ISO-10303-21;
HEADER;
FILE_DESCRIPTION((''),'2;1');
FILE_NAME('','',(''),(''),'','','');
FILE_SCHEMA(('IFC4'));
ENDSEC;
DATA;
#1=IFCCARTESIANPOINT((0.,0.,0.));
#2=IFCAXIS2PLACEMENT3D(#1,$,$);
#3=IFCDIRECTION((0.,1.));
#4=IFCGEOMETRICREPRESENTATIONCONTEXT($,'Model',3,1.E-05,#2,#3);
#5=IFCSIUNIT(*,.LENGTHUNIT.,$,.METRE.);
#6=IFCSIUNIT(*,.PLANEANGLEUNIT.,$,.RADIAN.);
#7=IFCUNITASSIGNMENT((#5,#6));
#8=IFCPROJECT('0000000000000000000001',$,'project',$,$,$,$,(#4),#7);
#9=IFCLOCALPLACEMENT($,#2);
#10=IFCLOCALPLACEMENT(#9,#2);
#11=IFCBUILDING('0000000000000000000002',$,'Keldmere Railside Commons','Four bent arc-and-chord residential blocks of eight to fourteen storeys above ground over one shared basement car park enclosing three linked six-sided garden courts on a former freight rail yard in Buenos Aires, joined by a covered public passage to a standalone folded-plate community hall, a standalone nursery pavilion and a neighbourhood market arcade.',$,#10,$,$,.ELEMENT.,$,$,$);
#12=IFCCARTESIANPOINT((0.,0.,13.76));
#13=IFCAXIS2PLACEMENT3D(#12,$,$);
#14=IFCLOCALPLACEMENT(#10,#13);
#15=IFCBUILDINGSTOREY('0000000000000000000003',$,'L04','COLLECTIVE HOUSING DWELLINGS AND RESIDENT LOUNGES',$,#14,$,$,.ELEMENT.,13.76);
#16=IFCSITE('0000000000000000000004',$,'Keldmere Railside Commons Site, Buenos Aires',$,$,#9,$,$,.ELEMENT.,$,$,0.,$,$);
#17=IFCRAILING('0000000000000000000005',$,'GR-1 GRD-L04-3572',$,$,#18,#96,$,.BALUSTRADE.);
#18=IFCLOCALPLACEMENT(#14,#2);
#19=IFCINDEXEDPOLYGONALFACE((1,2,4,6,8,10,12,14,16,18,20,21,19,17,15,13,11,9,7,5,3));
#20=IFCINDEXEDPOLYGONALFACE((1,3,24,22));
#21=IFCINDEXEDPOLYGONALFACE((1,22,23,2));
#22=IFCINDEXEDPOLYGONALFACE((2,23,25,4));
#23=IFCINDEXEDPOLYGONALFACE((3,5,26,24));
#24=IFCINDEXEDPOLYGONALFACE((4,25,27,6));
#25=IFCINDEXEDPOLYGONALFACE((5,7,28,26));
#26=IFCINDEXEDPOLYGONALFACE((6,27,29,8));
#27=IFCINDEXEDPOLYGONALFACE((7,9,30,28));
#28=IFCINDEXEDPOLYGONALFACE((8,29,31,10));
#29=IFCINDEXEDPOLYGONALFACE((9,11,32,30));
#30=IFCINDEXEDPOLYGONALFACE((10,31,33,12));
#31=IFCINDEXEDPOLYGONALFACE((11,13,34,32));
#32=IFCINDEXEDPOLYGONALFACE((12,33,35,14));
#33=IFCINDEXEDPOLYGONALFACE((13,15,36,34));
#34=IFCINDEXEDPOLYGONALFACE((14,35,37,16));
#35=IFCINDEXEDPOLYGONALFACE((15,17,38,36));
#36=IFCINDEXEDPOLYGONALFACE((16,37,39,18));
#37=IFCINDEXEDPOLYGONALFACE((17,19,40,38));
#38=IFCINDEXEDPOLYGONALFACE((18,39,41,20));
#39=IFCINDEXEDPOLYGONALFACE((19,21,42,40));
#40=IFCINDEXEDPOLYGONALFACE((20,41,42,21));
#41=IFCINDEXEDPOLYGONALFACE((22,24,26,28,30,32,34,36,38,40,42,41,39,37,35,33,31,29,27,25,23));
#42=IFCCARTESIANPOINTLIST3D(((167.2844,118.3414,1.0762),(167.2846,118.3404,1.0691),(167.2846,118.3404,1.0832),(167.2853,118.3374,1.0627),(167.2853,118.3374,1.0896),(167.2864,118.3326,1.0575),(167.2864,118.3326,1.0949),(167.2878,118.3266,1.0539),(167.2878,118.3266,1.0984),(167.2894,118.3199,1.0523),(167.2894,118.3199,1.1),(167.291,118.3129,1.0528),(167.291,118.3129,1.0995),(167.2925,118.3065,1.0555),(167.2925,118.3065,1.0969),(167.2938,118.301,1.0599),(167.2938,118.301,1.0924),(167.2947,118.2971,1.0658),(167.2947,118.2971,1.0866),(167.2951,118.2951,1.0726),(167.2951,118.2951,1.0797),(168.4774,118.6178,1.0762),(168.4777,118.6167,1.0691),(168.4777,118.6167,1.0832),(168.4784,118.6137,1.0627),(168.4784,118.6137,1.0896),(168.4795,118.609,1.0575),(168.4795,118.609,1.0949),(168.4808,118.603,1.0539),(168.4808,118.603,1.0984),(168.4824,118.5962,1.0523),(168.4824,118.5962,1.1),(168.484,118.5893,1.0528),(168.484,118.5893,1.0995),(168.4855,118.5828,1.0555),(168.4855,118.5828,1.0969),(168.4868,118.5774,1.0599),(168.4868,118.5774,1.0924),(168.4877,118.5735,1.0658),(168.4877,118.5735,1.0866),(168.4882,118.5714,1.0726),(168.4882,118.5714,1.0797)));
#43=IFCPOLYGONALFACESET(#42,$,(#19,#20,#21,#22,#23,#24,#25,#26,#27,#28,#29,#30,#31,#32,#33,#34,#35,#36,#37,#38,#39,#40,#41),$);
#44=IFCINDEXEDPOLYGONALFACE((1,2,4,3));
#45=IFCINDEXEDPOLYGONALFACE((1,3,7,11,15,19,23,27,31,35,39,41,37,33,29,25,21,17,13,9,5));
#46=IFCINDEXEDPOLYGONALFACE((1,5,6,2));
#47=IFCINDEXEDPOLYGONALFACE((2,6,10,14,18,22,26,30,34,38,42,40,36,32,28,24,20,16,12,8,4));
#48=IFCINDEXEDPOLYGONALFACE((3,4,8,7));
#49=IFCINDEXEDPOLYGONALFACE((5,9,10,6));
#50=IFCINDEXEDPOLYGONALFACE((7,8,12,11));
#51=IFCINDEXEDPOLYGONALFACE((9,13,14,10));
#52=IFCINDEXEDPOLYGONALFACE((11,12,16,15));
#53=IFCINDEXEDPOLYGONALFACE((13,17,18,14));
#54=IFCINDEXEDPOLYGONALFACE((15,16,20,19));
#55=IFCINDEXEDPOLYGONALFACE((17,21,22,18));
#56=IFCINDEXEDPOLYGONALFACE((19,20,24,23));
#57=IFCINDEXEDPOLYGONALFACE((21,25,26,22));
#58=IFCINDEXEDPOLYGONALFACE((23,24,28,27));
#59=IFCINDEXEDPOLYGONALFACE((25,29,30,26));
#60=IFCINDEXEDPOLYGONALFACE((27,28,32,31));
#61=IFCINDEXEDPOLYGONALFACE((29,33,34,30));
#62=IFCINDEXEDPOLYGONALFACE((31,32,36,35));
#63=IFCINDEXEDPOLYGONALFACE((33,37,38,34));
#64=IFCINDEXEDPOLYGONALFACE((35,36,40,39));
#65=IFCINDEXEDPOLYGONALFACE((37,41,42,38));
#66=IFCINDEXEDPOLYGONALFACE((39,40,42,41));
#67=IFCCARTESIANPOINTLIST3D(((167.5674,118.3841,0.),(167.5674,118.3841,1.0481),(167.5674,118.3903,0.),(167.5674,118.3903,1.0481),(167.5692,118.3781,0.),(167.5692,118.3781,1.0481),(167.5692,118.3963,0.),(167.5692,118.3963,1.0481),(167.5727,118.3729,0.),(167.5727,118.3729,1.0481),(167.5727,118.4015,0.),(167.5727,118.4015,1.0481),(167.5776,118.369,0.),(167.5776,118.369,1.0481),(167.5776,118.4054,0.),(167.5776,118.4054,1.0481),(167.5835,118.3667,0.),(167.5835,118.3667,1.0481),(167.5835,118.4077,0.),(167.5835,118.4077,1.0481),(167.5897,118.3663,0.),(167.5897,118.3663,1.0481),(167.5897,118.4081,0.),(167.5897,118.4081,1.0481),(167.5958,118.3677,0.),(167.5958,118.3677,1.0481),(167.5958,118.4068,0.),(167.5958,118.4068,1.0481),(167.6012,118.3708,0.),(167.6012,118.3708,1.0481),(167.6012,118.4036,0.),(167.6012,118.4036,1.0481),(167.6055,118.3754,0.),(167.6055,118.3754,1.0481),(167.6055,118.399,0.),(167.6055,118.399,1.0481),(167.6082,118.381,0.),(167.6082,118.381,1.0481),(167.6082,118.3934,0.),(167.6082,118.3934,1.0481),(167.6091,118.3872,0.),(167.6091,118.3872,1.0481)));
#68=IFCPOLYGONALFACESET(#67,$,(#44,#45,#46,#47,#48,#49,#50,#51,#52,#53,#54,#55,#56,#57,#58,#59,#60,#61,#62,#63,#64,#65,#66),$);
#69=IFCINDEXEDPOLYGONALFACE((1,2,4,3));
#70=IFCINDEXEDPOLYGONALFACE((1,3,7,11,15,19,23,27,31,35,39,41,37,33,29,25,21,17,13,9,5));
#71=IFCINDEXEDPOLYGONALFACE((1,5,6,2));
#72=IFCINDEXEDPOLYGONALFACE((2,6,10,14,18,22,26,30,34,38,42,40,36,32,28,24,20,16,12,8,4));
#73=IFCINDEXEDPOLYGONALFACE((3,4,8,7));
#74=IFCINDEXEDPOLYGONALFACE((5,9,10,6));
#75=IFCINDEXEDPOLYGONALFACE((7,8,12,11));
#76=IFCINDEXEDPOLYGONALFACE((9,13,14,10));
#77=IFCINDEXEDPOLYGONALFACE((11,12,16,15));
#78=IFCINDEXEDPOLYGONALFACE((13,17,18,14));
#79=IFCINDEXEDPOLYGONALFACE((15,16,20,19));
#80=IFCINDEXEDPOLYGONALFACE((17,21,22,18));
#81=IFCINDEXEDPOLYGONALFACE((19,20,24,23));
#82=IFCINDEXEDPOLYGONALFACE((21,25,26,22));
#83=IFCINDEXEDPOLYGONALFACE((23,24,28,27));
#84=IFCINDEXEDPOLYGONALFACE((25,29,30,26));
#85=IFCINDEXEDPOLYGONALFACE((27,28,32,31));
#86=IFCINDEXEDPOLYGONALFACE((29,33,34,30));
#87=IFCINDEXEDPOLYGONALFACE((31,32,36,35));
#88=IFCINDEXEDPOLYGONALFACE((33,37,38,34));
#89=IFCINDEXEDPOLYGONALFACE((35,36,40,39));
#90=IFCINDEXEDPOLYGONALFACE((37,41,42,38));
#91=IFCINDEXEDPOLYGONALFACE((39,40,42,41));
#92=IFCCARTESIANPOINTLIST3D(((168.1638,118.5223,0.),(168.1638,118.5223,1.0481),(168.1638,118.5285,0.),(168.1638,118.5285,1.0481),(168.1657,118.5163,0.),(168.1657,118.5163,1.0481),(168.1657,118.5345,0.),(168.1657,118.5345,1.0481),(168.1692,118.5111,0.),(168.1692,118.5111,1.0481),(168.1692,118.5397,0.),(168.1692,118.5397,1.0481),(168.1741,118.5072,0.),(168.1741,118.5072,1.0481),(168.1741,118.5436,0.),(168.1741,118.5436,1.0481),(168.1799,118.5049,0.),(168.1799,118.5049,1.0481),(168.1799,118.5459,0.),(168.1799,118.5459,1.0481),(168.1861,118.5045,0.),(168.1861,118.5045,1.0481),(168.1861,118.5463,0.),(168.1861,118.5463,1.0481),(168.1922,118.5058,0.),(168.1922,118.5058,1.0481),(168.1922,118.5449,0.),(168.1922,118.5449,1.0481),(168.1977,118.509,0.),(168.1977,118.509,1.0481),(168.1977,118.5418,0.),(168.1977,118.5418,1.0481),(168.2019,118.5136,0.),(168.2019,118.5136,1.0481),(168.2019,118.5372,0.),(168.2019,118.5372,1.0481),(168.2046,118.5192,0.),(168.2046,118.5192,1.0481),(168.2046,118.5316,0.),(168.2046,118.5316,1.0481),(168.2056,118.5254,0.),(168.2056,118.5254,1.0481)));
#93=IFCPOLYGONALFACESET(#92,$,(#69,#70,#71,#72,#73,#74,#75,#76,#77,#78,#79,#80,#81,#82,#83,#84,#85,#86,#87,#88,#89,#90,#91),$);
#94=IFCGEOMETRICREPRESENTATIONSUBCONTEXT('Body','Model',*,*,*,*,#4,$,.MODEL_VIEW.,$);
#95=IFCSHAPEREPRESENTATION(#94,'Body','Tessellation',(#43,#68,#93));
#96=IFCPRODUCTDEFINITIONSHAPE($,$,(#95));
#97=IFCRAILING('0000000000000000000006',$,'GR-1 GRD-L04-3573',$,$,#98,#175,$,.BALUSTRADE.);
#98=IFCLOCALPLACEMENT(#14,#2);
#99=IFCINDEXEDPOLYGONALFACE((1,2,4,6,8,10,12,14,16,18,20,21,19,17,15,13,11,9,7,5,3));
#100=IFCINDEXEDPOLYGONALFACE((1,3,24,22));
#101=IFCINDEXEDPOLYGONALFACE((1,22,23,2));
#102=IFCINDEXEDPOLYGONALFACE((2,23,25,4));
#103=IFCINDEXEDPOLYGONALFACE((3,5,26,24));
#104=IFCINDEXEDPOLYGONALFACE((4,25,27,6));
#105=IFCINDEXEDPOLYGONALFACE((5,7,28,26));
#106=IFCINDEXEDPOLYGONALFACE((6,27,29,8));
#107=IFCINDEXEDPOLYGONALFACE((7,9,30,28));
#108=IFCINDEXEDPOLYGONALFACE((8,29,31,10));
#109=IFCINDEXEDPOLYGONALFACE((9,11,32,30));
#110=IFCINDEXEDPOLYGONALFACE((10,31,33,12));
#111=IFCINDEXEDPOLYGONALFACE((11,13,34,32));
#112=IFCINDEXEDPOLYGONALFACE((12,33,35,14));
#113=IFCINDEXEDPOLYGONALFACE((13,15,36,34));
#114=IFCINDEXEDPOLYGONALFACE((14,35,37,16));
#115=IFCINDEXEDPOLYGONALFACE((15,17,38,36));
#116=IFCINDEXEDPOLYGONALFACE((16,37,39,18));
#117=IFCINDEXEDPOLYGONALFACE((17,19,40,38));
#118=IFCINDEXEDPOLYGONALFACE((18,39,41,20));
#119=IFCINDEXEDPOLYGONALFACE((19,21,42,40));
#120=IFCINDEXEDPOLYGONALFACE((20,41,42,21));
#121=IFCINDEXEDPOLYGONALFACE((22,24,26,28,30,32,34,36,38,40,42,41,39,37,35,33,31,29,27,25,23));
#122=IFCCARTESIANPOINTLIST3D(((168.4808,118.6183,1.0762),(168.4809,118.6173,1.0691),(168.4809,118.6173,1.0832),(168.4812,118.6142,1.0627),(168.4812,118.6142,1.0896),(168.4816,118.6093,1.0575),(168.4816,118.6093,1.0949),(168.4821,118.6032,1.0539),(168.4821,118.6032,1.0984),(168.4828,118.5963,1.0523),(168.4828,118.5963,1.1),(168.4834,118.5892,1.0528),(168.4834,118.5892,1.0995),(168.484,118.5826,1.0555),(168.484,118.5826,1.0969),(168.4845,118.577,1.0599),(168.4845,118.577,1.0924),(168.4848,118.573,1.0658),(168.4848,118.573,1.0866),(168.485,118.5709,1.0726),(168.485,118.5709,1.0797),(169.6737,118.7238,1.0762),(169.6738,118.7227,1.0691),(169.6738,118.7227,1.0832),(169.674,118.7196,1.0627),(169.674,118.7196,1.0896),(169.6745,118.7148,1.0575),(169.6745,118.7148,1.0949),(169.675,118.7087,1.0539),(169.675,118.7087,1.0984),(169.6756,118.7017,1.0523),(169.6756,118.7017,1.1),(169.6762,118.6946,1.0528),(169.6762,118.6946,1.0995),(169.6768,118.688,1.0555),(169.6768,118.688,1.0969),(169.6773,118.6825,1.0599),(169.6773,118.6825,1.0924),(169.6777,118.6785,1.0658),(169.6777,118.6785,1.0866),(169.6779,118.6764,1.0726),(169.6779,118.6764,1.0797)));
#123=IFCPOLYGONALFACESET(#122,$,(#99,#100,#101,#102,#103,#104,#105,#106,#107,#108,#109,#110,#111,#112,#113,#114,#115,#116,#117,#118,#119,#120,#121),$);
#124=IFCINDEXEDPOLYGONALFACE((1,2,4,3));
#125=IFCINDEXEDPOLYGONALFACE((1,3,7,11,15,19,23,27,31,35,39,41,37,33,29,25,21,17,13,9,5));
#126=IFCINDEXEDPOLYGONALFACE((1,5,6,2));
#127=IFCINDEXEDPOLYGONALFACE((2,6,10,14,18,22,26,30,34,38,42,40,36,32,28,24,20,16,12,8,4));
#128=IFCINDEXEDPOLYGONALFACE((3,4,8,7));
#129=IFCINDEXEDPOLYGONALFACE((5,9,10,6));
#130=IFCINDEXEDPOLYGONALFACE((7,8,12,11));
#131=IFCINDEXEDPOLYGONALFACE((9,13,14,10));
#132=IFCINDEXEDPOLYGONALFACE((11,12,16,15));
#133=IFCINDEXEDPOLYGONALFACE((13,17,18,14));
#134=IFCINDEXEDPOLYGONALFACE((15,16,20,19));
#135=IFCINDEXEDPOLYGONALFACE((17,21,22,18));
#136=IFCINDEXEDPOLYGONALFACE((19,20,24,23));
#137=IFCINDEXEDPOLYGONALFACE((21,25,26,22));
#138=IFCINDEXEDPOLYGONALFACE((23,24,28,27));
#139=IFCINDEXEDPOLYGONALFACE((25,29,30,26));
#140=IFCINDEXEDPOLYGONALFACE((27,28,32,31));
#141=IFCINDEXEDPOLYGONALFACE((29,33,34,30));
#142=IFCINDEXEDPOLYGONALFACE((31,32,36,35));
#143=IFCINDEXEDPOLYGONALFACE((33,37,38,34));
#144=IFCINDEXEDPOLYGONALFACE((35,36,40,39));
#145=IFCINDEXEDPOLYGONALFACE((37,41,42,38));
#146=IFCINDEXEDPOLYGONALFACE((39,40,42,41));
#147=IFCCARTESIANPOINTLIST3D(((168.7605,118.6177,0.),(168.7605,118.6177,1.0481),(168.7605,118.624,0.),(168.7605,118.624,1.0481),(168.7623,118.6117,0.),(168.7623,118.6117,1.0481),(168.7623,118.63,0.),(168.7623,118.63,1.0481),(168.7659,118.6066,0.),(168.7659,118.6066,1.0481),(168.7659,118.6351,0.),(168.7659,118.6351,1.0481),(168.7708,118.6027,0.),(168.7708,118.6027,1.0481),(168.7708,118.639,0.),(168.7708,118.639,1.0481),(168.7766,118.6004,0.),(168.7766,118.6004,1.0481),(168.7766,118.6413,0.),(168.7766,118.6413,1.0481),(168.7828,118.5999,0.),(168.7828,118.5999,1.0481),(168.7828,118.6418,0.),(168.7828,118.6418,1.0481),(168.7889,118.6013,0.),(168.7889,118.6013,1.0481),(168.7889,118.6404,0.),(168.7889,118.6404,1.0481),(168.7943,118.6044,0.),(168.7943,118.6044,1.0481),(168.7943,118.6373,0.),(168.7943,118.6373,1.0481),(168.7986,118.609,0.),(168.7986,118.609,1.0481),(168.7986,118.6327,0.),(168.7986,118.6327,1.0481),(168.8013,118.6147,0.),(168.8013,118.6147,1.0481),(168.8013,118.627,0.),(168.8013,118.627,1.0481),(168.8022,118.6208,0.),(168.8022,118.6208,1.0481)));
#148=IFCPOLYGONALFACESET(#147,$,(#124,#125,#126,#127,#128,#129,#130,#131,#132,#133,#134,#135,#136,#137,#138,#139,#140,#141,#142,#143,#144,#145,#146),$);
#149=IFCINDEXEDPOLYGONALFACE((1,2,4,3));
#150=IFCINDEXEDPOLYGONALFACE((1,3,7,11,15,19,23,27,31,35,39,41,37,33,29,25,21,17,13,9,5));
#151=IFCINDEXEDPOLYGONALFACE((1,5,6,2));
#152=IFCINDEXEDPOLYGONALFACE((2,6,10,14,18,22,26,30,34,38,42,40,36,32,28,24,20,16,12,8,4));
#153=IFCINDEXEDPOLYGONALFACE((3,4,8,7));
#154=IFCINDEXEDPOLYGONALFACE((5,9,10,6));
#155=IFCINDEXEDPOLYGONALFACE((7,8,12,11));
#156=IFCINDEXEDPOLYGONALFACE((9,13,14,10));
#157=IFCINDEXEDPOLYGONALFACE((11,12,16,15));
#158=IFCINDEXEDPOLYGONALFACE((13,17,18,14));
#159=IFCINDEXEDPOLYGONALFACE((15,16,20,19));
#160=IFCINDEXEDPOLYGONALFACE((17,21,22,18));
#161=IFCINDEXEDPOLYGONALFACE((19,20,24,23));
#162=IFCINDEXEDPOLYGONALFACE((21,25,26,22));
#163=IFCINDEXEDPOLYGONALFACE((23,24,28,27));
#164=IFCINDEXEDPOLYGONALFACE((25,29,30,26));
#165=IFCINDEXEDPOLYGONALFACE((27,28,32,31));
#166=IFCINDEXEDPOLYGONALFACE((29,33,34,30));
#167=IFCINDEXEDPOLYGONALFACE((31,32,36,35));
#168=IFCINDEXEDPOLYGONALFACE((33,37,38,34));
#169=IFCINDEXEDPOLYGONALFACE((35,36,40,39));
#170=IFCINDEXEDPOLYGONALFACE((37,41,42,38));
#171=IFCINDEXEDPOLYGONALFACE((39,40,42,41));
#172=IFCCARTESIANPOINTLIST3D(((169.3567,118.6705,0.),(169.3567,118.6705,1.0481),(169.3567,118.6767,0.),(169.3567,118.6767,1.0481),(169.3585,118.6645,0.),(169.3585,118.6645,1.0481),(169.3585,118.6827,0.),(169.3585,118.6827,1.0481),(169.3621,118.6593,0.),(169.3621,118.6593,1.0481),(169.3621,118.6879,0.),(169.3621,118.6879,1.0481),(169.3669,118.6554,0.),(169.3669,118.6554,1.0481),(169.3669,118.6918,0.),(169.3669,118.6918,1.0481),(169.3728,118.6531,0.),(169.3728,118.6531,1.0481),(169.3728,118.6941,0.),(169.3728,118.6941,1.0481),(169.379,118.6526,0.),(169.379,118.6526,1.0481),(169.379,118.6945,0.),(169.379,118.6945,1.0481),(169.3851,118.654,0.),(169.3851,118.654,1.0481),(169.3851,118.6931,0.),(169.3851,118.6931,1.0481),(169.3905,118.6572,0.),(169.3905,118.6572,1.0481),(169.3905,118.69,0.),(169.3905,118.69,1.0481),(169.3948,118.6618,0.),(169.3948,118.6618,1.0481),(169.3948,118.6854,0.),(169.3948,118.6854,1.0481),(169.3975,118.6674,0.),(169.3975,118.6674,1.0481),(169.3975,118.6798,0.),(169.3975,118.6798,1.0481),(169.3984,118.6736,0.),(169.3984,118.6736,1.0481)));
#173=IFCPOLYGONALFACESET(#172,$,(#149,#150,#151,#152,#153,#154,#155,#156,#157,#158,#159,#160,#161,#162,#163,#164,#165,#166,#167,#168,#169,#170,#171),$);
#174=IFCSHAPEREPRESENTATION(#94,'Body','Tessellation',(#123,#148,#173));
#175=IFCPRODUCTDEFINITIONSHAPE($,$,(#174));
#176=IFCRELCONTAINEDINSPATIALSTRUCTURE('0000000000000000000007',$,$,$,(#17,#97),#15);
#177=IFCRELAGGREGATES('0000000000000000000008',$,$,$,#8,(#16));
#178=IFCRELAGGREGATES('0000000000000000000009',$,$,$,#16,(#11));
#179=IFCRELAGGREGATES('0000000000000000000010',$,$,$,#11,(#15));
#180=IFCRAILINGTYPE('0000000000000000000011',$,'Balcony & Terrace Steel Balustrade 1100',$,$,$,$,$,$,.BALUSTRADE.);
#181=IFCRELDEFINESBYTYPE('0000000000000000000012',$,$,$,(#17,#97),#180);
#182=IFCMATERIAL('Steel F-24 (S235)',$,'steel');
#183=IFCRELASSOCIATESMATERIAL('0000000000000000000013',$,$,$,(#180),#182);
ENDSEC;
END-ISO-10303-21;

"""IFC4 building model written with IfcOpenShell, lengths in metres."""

from ifc_helpers import new_model, si_unit, direction, frame, origin, origin_2d, place, context, subcontext, project, spatial, circle, extrude, material, type_object, element, save


model = new_model("IFC4")

# Units and contexts
model_context = context("Model", 3, precision=1e-05, world=origin(), true_north=direction((0.0, 1.0)))
body_context = subcontext(model_context, "Body", "Model", "MODEL_VIEW")
ifc_project = project(units=[si_unit("LENGTHUNIT", "METRE"), si_unit("PLANEANGLEUNIT", "RADIAN")], contexts=[model_context])

# Site, building, storey
site_placement = place(None, origin())
site = spatial("IfcSite", under=ifc_project, at=site_placement, Name="Keldmere Railside Commons Site, Buenos Aires", CompositionType="ELEMENT", RefElevation=0.0)
building_placement = place(site_placement, origin())
building = spatial("IfcBuilding", under=site, at=building_placement, Name="Keldmere Railside Commons", Description="Four bent arc-and-chord residential blocks of eight to fourteen storeys above ground over one shared basement car park enclosing three linked six-sided garden courts on a former freight rail yard in Buenos Aires, joined by a covered public passage to a standalone folded-plate community hall, a standalone nursery pavilion and a neighbourhood market arcade.", CompositionType="ELEMENT")
storey_placement = place(building_placement, frame((0.0, 0.0, 13.76)))
storey = spatial("IfcBuildingStorey", under=building, at=storey_placement, Name="L04", Description="COLLECTIVE HOUSING DWELLINGS AND RESIDENT LOUNGES", CompositionType="ELEMENT", Elevation=13.76)

# Railings
ifc_material_1 = material(Name="Steel F-24 (S235)", Category="steel")
railing_type = type_object("IfcRailingType", Name="Balcony & Terrace Steel Balustrade 1100", PredefinedType="BALUSTRADE", material=ifc_material_1)
railing_1_placement = place(storey_placement, frame((167.2898, 118.3181, 0.0)))
element("IfcRailing", 1, at=railing_1_placement, inside=storey, type_object=railing_type, Name="GR-1 GRD-L04-3572", PredefinedType="BALUSTRADE", context=body_context, shape_type="SweptSolid", body=[
    extrude(circle(Radius=0.0239, at=origin_2d()), frame((0.0, 0.0, 1.0762), z_axis=(0.974206, 0.22566, 0.0), x_axis=(-0.22566, 0.974206, 0.0)), (0.0, 0.0, 1.0), 1.2246),
    extrude(circle(Radius=0.021, at=origin_2d()), frame((0.2983, 0.0691, 0.0)), (0.0, 0.0, 1.0), 1.0481),
    extrude(circle(Radius=0.021, at=origin_2d()), frame((0.8948, 0.2073, 0.0)), (0.0, 0.0, 1.0), 1.0481),
])
railing_2_placement = place(storey_placement, frame((168.4829, 118.5945, 0.0)))
element("IfcRailing", 2, at=railing_2_placement, inside=storey, type_object=railing_type, Name="GR-1 GRD-L04-3573", PredefinedType="BALUSTRADE", context=body_context, shape_type="SweptSolid", body=[
    extrude(circle(Radius=0.0239, at=origin_2d()), frame((0.0, 0.0, 1.0762), z_axis=(0.996114, 0.088072, 0.0), x_axis=(-0.088072, 0.996114, 0.0)), (0.0, 0.0, 1.0), 1.1975),
    extrude(circle(Radius=0.021, at=origin_2d()), frame((0.2983, 0.0264, 0.0)), (0.0, 0.0, 1.0), 1.0481),
    extrude(circle(Radius=0.021, at=origin_2d()), frame((0.8945, 0.0791, 0.0)), (0.0, 0.0, 1.0), 1.0481),
])

save(model, "model.ifc")
